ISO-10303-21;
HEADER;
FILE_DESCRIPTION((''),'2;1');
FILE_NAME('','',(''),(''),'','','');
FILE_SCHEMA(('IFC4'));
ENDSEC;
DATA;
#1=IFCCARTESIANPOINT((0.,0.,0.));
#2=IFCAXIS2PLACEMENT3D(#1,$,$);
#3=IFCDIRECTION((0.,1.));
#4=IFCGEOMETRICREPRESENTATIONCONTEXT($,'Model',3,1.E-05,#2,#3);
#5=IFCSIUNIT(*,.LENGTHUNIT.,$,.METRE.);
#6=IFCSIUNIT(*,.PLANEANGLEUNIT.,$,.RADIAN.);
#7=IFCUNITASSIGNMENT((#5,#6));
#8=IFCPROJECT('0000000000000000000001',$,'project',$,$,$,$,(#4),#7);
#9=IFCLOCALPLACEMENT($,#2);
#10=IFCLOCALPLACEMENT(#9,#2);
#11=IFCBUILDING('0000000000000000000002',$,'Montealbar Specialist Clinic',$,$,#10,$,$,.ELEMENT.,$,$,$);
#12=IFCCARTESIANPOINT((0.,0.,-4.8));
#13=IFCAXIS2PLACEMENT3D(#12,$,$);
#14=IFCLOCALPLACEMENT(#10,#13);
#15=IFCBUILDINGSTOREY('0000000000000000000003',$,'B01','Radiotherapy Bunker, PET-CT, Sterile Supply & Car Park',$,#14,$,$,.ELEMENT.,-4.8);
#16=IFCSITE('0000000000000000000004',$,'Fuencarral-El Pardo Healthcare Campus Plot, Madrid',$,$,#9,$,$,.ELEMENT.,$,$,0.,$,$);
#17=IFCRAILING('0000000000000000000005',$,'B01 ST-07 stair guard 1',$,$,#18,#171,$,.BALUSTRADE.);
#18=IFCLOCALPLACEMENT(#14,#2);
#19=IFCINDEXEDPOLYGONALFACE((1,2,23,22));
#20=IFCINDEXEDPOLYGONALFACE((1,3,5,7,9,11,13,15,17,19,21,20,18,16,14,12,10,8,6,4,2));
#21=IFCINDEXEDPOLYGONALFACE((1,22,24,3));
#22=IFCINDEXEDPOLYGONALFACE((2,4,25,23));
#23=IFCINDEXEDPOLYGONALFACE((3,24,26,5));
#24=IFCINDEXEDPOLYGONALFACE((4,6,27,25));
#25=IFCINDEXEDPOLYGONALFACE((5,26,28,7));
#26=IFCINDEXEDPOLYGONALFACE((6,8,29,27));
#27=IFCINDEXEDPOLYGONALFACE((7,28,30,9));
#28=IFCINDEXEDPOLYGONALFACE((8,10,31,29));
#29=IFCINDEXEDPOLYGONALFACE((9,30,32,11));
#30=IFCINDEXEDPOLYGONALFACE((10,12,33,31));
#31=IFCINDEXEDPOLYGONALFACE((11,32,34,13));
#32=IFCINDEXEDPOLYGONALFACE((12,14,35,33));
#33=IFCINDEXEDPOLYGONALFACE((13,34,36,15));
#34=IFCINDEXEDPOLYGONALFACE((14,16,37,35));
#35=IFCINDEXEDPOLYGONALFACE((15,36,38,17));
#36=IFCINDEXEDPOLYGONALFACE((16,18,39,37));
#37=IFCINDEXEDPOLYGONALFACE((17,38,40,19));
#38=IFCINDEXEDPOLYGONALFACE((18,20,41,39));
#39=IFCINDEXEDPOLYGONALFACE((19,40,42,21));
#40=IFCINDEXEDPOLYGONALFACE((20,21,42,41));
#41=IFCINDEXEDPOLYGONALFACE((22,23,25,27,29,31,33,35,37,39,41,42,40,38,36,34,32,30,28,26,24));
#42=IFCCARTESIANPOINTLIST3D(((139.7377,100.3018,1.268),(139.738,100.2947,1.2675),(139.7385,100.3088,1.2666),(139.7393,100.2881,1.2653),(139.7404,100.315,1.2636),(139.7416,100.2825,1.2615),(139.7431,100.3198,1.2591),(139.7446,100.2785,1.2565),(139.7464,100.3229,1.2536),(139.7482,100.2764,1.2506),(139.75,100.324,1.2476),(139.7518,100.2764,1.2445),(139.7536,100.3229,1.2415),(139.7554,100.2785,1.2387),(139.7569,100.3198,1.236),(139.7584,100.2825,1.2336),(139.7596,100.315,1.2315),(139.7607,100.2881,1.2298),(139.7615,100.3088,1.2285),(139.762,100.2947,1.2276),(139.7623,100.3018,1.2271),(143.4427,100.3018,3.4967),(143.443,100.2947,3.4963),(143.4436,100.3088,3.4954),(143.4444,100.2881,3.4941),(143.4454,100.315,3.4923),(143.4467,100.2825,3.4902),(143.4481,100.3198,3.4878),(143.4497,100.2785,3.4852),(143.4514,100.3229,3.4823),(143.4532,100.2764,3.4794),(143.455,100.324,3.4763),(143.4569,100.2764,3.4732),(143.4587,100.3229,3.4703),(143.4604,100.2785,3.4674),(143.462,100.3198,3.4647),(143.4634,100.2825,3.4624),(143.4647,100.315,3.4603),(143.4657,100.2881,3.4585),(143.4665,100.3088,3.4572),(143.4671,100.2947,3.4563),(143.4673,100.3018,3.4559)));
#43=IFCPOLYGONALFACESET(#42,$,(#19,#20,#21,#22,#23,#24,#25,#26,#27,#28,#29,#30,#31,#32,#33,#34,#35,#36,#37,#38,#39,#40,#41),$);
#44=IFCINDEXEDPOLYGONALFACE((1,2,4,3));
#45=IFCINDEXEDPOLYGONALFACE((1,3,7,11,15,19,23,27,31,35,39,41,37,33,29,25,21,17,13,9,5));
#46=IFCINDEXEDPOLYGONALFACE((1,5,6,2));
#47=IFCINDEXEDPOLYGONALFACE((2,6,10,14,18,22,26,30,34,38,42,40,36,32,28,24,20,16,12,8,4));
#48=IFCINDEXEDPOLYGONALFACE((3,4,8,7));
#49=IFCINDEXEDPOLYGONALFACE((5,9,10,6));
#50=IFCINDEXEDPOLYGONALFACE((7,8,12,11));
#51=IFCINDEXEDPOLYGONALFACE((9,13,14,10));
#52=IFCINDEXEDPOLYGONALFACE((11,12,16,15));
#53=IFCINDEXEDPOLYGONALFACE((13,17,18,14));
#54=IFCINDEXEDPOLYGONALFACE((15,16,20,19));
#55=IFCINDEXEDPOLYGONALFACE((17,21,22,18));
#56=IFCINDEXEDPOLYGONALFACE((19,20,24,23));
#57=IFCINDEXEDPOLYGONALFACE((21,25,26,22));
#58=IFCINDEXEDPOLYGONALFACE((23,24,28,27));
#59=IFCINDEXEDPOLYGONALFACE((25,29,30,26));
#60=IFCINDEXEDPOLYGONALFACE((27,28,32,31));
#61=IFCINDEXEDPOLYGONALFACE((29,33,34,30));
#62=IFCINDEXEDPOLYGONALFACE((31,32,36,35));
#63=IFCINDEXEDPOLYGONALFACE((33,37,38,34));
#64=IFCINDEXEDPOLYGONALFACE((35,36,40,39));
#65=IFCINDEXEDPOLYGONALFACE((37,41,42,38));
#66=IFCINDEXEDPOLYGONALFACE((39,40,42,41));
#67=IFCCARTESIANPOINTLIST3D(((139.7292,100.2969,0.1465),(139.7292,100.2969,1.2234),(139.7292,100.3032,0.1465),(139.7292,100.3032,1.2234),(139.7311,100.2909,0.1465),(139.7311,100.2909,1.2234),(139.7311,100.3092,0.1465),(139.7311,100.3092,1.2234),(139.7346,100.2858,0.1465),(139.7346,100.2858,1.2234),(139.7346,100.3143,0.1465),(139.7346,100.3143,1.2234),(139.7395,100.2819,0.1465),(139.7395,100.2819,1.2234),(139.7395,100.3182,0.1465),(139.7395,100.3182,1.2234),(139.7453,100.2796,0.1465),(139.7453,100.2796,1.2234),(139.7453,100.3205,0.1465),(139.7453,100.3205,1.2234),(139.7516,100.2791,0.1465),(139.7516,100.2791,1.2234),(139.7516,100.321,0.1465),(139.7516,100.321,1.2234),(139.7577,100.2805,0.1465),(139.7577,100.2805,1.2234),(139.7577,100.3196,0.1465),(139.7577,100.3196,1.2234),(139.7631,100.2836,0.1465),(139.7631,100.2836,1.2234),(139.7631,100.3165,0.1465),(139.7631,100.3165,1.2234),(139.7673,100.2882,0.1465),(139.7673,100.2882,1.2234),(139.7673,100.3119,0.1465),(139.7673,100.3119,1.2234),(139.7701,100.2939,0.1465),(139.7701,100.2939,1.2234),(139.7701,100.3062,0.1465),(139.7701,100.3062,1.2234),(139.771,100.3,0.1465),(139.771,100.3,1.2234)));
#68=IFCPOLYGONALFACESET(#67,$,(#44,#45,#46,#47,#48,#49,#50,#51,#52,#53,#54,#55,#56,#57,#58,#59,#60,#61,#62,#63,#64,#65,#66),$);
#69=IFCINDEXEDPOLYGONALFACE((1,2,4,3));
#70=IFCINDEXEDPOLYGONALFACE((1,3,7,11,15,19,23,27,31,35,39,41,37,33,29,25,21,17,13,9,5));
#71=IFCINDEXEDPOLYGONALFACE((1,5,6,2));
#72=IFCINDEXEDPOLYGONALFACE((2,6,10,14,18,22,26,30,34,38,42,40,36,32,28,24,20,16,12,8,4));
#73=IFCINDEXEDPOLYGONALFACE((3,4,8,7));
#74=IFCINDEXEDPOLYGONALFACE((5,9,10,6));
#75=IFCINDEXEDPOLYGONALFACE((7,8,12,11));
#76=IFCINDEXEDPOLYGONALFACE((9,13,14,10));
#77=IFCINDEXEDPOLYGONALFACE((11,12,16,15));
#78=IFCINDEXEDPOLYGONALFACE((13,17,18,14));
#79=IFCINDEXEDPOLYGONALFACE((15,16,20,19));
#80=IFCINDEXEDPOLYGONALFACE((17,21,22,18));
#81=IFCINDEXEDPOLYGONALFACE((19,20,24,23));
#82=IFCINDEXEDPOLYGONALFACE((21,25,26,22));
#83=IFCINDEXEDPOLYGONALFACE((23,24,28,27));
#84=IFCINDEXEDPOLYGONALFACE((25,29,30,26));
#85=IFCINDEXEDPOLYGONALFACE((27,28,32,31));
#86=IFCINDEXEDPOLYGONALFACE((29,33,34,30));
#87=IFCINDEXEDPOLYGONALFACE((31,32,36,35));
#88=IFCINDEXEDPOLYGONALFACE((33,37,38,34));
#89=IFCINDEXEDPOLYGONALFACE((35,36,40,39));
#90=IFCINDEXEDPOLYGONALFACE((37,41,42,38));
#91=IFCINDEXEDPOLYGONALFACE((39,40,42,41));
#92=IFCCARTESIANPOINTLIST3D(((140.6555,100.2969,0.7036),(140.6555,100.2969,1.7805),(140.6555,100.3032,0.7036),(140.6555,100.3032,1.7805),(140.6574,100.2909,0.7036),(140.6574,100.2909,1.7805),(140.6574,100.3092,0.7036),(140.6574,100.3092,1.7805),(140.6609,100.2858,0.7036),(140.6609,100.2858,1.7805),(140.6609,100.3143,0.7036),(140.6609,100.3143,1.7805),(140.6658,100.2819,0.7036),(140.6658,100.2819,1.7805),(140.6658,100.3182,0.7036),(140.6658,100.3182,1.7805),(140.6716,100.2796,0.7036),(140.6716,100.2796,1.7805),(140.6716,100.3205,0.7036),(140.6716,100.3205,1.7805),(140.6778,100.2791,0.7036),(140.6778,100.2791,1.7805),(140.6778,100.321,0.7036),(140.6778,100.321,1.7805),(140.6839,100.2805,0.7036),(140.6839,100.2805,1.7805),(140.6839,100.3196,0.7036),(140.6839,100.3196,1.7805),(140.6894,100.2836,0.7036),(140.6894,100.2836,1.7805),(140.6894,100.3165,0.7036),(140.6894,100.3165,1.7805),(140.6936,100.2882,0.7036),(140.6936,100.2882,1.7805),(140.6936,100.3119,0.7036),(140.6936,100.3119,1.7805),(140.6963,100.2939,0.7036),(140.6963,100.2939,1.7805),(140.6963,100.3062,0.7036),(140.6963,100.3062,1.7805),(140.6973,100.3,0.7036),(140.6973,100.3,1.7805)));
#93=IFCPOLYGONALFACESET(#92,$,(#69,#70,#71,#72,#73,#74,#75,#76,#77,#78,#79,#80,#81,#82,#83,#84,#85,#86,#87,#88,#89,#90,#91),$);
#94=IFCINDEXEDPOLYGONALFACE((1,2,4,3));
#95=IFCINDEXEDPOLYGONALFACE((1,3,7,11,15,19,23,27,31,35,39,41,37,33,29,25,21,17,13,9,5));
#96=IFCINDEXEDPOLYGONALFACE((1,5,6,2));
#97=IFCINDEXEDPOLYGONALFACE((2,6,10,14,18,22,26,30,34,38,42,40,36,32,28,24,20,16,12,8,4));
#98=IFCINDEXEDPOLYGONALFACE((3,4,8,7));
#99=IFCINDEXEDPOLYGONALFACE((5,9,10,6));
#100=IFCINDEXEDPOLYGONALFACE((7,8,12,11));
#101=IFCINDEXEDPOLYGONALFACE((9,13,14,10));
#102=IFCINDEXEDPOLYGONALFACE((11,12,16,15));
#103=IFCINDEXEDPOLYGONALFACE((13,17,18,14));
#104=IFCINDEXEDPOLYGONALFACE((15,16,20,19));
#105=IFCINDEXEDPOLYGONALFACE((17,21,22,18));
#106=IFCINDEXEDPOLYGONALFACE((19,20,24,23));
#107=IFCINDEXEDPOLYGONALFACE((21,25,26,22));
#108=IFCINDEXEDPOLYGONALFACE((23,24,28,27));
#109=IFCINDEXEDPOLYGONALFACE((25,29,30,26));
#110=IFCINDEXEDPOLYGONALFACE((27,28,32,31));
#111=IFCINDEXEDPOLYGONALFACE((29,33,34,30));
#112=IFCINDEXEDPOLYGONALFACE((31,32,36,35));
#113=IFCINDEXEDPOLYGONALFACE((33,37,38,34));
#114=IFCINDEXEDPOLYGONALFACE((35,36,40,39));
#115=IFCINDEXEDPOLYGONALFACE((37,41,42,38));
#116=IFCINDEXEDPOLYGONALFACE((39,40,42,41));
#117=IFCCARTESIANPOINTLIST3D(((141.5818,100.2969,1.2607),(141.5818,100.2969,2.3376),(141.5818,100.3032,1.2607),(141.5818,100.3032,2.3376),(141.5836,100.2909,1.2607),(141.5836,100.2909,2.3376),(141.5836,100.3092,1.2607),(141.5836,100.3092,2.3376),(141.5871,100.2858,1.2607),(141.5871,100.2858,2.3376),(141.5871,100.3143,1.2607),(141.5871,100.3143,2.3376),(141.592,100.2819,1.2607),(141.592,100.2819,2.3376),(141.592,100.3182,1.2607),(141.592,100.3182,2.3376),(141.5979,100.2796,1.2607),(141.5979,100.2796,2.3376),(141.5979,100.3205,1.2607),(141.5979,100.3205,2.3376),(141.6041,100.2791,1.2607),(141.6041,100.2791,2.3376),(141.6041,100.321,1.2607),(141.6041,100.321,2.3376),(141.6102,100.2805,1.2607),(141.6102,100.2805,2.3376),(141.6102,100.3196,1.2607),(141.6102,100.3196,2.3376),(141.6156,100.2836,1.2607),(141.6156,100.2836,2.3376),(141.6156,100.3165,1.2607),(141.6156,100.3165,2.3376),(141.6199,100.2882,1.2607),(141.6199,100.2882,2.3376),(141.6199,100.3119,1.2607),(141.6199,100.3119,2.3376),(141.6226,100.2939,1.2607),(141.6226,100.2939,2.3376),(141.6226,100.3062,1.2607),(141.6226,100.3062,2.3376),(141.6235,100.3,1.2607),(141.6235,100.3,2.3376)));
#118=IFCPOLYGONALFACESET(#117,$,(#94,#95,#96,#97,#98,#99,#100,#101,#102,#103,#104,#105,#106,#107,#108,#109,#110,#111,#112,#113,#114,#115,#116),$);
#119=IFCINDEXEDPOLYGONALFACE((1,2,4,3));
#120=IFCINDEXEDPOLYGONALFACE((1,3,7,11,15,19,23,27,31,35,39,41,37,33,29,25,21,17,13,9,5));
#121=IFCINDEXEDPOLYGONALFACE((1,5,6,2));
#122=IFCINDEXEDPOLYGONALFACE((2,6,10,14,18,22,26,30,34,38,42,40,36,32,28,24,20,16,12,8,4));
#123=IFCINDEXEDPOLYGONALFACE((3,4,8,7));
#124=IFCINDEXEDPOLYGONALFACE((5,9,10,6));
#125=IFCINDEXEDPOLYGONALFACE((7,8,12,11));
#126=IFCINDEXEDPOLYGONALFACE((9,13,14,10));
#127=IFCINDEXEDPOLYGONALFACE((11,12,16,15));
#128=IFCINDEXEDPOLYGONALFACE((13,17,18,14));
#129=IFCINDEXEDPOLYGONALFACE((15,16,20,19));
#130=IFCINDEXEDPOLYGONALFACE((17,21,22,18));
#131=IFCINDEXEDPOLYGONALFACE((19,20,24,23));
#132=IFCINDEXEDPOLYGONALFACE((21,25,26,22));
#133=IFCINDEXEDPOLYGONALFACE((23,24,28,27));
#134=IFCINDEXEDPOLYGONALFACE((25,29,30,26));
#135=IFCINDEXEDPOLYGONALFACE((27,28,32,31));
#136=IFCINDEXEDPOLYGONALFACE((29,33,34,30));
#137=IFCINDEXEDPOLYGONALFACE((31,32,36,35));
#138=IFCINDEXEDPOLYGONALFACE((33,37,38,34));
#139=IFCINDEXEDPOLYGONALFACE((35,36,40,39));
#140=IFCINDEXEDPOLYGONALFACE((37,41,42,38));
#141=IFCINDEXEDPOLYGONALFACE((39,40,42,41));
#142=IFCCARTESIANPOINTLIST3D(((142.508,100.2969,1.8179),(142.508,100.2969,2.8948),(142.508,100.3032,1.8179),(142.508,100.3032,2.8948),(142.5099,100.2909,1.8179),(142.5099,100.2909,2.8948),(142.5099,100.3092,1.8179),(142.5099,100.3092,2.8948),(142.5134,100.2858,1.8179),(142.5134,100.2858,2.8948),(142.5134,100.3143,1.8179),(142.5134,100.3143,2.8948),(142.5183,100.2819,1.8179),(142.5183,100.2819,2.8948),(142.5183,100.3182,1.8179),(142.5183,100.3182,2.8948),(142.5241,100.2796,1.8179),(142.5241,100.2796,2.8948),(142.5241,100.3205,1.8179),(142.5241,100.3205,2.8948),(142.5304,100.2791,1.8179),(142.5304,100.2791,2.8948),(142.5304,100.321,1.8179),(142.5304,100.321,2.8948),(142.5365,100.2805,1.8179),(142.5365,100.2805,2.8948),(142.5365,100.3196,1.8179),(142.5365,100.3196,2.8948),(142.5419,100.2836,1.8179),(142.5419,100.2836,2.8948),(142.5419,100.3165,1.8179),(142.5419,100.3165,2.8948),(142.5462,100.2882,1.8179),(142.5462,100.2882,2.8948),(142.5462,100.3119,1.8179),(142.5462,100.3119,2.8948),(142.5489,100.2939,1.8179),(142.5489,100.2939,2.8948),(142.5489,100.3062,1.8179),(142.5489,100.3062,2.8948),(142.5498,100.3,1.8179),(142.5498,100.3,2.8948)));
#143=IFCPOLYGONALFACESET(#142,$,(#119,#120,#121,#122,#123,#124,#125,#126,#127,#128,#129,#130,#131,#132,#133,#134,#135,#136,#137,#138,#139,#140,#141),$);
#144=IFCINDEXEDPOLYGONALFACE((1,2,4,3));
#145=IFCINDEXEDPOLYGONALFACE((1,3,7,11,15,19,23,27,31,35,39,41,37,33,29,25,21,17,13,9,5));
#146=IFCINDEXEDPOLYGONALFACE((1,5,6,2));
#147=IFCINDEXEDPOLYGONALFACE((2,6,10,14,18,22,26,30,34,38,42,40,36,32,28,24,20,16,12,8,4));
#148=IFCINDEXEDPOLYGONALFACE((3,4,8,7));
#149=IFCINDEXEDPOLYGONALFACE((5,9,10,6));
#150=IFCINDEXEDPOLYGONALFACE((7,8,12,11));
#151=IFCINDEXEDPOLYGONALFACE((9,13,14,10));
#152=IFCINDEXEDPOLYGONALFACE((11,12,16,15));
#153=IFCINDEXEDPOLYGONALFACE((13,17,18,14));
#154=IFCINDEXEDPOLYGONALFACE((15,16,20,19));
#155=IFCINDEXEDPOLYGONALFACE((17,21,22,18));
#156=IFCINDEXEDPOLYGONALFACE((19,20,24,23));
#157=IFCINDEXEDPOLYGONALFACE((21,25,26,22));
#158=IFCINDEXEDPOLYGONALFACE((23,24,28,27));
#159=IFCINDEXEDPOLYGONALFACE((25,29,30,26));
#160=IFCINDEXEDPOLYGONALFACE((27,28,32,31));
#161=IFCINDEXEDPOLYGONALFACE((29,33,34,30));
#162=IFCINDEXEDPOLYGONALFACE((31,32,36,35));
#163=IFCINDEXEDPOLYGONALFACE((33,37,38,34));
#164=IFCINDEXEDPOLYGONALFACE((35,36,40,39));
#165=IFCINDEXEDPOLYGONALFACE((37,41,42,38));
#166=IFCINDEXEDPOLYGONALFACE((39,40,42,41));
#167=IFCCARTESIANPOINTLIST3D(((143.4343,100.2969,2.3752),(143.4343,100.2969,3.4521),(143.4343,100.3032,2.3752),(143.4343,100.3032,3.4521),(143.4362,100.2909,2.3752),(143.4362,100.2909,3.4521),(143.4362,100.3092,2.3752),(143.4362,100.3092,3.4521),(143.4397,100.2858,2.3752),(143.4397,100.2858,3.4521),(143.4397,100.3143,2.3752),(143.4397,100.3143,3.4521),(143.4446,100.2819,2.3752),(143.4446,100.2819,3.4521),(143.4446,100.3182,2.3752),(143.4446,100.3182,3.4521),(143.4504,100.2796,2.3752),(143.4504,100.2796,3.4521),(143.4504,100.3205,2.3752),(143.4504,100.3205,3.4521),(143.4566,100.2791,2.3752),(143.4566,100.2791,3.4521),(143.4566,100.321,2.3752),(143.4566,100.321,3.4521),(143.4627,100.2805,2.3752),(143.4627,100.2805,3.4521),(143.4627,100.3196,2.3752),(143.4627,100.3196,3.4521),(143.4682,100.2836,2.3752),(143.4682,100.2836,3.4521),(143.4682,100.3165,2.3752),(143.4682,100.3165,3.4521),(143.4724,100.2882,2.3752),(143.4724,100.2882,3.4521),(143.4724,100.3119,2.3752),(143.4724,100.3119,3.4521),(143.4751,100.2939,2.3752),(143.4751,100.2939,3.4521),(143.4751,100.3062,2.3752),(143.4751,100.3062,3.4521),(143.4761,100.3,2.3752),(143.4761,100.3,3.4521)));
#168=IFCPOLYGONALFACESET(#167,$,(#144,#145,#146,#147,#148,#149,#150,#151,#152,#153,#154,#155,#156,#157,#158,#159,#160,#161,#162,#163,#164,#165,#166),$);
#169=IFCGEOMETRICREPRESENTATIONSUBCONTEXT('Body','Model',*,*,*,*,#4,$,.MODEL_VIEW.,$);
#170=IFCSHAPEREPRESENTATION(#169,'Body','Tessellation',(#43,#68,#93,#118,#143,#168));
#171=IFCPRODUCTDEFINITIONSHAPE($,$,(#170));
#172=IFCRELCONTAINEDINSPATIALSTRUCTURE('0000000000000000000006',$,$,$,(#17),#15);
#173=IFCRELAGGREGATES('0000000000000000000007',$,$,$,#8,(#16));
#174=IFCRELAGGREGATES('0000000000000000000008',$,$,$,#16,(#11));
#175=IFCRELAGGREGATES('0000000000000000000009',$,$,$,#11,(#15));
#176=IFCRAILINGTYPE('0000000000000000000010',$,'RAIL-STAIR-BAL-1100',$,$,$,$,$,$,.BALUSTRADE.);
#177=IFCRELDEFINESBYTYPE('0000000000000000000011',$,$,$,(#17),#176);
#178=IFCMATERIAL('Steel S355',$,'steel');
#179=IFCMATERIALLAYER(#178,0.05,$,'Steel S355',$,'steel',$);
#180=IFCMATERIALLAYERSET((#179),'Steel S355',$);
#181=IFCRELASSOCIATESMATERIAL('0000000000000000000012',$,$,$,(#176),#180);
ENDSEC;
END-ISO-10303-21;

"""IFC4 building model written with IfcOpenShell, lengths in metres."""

from ifc_helpers import new_model, si_unit, direction, frame, origin, origin_2d, place, context, subcontext, project, spatial, circle, extrude, material, layer, layer_set, type_object, element, save


model = new_model("IFC4")

# Units and contexts
model_context = context("Model", 3, precision=1e-05, world=origin(), true_north=direction((0.0, 1.0)))
body_context = subcontext(model_context, "Body", "Model", "MODEL_VIEW")
ifc_project = project(units=[si_unit("LENGTHUNIT", "METRE"), si_unit("PLANEANGLEUNIT", "RADIAN")], contexts=[model_context])

# Site, building, storey
site_placement = place(None, origin())
site = spatial("IfcSite", under=ifc_project, at=site_placement, Name="Fuencarral-El Pardo Healthcare Campus Plot, Madrid", CompositionType="ELEMENT", RefElevation=0.0)
building_placement = place(site_placement, origin())
building = spatial("IfcBuilding", under=site, at=building_placement, Name="Montealbar Specialist Clinic", CompositionType="ELEMENT")
storey_placement = place(building_placement, frame((0.0, 0.0, -4.8)))
storey = spatial("IfcBuildingStorey", under=building, at=storey_placement, Name="B01", Description="Radiotherapy Bunker, PET-CT, Sterile Supply & Car Park", CompositionType="ELEMENT", Elevation=-4.8)

# Shared definitions
ifc_material_1 = material(Name="Steel S355", Category="steel")

# Railing
ifc_layer_1 = layer(ifc_material_1, 0.05, Name="Steel S355", Category="steel")
ifc_layer_set_1 = layer_set([ifc_layer_1], Name="Steel S355")
railing_type_1 = type_object("IfcRailingType", Name="RAIL-STAIR-BAL-1100", PredefinedType="BALUSTRADE", material=ifc_layer_set_1)
railing_1_placement = place(storey_placement, frame((139.75, 100.3, 0.1714)))
element("IfcRailing", 1, at=railing_1_placement, inside=storey, type_object=railing_type_1, Name="B01 ST-07 stair guard 1", PredefinedType="BALUSTRADE", context=body_context, shape_type="SweptSolid", body=[
    extrude(circle(Radius=0.0239, at=origin_2d()), frame((0.0, 0.0, 1.0762), z_axis=(0.856909, 0.0, 0.515467), x_axis=(0.0, 1.0, 0.0)), (0.0, 0.0, 1.0), 4.3237),
    extrude(circle(Radius=0.021, at=origin_2d()), frame((0.0, 0.0, -0.0249)), (0.0, 0.0, 1.0), 1.0769),
    extrude(circle(Radius=0.021, at=origin_2d()), frame((0.9263, 0.0, 0.5322)), (0.0, 0.0, 1.0), 1.0769),
    extrude(circle(Radius=0.021, at=origin_2d()), frame((1.8525, 0.0, 1.0894)), (0.0, 0.0, 1.0), 1.0769),
    extrude(circle(Radius=0.021, at=origin_2d()), frame((2.7788, 0.0, 1.6465)), (0.0, 0.0, 1.0), 1.0769),
    extrude(circle(Radius=0.021, at=origin_2d()), frame((3.7051, 0.0, 2.2039)), (0.0, 0.0, 1.0), 1.0769),
])

save(model, "model.ifc")
